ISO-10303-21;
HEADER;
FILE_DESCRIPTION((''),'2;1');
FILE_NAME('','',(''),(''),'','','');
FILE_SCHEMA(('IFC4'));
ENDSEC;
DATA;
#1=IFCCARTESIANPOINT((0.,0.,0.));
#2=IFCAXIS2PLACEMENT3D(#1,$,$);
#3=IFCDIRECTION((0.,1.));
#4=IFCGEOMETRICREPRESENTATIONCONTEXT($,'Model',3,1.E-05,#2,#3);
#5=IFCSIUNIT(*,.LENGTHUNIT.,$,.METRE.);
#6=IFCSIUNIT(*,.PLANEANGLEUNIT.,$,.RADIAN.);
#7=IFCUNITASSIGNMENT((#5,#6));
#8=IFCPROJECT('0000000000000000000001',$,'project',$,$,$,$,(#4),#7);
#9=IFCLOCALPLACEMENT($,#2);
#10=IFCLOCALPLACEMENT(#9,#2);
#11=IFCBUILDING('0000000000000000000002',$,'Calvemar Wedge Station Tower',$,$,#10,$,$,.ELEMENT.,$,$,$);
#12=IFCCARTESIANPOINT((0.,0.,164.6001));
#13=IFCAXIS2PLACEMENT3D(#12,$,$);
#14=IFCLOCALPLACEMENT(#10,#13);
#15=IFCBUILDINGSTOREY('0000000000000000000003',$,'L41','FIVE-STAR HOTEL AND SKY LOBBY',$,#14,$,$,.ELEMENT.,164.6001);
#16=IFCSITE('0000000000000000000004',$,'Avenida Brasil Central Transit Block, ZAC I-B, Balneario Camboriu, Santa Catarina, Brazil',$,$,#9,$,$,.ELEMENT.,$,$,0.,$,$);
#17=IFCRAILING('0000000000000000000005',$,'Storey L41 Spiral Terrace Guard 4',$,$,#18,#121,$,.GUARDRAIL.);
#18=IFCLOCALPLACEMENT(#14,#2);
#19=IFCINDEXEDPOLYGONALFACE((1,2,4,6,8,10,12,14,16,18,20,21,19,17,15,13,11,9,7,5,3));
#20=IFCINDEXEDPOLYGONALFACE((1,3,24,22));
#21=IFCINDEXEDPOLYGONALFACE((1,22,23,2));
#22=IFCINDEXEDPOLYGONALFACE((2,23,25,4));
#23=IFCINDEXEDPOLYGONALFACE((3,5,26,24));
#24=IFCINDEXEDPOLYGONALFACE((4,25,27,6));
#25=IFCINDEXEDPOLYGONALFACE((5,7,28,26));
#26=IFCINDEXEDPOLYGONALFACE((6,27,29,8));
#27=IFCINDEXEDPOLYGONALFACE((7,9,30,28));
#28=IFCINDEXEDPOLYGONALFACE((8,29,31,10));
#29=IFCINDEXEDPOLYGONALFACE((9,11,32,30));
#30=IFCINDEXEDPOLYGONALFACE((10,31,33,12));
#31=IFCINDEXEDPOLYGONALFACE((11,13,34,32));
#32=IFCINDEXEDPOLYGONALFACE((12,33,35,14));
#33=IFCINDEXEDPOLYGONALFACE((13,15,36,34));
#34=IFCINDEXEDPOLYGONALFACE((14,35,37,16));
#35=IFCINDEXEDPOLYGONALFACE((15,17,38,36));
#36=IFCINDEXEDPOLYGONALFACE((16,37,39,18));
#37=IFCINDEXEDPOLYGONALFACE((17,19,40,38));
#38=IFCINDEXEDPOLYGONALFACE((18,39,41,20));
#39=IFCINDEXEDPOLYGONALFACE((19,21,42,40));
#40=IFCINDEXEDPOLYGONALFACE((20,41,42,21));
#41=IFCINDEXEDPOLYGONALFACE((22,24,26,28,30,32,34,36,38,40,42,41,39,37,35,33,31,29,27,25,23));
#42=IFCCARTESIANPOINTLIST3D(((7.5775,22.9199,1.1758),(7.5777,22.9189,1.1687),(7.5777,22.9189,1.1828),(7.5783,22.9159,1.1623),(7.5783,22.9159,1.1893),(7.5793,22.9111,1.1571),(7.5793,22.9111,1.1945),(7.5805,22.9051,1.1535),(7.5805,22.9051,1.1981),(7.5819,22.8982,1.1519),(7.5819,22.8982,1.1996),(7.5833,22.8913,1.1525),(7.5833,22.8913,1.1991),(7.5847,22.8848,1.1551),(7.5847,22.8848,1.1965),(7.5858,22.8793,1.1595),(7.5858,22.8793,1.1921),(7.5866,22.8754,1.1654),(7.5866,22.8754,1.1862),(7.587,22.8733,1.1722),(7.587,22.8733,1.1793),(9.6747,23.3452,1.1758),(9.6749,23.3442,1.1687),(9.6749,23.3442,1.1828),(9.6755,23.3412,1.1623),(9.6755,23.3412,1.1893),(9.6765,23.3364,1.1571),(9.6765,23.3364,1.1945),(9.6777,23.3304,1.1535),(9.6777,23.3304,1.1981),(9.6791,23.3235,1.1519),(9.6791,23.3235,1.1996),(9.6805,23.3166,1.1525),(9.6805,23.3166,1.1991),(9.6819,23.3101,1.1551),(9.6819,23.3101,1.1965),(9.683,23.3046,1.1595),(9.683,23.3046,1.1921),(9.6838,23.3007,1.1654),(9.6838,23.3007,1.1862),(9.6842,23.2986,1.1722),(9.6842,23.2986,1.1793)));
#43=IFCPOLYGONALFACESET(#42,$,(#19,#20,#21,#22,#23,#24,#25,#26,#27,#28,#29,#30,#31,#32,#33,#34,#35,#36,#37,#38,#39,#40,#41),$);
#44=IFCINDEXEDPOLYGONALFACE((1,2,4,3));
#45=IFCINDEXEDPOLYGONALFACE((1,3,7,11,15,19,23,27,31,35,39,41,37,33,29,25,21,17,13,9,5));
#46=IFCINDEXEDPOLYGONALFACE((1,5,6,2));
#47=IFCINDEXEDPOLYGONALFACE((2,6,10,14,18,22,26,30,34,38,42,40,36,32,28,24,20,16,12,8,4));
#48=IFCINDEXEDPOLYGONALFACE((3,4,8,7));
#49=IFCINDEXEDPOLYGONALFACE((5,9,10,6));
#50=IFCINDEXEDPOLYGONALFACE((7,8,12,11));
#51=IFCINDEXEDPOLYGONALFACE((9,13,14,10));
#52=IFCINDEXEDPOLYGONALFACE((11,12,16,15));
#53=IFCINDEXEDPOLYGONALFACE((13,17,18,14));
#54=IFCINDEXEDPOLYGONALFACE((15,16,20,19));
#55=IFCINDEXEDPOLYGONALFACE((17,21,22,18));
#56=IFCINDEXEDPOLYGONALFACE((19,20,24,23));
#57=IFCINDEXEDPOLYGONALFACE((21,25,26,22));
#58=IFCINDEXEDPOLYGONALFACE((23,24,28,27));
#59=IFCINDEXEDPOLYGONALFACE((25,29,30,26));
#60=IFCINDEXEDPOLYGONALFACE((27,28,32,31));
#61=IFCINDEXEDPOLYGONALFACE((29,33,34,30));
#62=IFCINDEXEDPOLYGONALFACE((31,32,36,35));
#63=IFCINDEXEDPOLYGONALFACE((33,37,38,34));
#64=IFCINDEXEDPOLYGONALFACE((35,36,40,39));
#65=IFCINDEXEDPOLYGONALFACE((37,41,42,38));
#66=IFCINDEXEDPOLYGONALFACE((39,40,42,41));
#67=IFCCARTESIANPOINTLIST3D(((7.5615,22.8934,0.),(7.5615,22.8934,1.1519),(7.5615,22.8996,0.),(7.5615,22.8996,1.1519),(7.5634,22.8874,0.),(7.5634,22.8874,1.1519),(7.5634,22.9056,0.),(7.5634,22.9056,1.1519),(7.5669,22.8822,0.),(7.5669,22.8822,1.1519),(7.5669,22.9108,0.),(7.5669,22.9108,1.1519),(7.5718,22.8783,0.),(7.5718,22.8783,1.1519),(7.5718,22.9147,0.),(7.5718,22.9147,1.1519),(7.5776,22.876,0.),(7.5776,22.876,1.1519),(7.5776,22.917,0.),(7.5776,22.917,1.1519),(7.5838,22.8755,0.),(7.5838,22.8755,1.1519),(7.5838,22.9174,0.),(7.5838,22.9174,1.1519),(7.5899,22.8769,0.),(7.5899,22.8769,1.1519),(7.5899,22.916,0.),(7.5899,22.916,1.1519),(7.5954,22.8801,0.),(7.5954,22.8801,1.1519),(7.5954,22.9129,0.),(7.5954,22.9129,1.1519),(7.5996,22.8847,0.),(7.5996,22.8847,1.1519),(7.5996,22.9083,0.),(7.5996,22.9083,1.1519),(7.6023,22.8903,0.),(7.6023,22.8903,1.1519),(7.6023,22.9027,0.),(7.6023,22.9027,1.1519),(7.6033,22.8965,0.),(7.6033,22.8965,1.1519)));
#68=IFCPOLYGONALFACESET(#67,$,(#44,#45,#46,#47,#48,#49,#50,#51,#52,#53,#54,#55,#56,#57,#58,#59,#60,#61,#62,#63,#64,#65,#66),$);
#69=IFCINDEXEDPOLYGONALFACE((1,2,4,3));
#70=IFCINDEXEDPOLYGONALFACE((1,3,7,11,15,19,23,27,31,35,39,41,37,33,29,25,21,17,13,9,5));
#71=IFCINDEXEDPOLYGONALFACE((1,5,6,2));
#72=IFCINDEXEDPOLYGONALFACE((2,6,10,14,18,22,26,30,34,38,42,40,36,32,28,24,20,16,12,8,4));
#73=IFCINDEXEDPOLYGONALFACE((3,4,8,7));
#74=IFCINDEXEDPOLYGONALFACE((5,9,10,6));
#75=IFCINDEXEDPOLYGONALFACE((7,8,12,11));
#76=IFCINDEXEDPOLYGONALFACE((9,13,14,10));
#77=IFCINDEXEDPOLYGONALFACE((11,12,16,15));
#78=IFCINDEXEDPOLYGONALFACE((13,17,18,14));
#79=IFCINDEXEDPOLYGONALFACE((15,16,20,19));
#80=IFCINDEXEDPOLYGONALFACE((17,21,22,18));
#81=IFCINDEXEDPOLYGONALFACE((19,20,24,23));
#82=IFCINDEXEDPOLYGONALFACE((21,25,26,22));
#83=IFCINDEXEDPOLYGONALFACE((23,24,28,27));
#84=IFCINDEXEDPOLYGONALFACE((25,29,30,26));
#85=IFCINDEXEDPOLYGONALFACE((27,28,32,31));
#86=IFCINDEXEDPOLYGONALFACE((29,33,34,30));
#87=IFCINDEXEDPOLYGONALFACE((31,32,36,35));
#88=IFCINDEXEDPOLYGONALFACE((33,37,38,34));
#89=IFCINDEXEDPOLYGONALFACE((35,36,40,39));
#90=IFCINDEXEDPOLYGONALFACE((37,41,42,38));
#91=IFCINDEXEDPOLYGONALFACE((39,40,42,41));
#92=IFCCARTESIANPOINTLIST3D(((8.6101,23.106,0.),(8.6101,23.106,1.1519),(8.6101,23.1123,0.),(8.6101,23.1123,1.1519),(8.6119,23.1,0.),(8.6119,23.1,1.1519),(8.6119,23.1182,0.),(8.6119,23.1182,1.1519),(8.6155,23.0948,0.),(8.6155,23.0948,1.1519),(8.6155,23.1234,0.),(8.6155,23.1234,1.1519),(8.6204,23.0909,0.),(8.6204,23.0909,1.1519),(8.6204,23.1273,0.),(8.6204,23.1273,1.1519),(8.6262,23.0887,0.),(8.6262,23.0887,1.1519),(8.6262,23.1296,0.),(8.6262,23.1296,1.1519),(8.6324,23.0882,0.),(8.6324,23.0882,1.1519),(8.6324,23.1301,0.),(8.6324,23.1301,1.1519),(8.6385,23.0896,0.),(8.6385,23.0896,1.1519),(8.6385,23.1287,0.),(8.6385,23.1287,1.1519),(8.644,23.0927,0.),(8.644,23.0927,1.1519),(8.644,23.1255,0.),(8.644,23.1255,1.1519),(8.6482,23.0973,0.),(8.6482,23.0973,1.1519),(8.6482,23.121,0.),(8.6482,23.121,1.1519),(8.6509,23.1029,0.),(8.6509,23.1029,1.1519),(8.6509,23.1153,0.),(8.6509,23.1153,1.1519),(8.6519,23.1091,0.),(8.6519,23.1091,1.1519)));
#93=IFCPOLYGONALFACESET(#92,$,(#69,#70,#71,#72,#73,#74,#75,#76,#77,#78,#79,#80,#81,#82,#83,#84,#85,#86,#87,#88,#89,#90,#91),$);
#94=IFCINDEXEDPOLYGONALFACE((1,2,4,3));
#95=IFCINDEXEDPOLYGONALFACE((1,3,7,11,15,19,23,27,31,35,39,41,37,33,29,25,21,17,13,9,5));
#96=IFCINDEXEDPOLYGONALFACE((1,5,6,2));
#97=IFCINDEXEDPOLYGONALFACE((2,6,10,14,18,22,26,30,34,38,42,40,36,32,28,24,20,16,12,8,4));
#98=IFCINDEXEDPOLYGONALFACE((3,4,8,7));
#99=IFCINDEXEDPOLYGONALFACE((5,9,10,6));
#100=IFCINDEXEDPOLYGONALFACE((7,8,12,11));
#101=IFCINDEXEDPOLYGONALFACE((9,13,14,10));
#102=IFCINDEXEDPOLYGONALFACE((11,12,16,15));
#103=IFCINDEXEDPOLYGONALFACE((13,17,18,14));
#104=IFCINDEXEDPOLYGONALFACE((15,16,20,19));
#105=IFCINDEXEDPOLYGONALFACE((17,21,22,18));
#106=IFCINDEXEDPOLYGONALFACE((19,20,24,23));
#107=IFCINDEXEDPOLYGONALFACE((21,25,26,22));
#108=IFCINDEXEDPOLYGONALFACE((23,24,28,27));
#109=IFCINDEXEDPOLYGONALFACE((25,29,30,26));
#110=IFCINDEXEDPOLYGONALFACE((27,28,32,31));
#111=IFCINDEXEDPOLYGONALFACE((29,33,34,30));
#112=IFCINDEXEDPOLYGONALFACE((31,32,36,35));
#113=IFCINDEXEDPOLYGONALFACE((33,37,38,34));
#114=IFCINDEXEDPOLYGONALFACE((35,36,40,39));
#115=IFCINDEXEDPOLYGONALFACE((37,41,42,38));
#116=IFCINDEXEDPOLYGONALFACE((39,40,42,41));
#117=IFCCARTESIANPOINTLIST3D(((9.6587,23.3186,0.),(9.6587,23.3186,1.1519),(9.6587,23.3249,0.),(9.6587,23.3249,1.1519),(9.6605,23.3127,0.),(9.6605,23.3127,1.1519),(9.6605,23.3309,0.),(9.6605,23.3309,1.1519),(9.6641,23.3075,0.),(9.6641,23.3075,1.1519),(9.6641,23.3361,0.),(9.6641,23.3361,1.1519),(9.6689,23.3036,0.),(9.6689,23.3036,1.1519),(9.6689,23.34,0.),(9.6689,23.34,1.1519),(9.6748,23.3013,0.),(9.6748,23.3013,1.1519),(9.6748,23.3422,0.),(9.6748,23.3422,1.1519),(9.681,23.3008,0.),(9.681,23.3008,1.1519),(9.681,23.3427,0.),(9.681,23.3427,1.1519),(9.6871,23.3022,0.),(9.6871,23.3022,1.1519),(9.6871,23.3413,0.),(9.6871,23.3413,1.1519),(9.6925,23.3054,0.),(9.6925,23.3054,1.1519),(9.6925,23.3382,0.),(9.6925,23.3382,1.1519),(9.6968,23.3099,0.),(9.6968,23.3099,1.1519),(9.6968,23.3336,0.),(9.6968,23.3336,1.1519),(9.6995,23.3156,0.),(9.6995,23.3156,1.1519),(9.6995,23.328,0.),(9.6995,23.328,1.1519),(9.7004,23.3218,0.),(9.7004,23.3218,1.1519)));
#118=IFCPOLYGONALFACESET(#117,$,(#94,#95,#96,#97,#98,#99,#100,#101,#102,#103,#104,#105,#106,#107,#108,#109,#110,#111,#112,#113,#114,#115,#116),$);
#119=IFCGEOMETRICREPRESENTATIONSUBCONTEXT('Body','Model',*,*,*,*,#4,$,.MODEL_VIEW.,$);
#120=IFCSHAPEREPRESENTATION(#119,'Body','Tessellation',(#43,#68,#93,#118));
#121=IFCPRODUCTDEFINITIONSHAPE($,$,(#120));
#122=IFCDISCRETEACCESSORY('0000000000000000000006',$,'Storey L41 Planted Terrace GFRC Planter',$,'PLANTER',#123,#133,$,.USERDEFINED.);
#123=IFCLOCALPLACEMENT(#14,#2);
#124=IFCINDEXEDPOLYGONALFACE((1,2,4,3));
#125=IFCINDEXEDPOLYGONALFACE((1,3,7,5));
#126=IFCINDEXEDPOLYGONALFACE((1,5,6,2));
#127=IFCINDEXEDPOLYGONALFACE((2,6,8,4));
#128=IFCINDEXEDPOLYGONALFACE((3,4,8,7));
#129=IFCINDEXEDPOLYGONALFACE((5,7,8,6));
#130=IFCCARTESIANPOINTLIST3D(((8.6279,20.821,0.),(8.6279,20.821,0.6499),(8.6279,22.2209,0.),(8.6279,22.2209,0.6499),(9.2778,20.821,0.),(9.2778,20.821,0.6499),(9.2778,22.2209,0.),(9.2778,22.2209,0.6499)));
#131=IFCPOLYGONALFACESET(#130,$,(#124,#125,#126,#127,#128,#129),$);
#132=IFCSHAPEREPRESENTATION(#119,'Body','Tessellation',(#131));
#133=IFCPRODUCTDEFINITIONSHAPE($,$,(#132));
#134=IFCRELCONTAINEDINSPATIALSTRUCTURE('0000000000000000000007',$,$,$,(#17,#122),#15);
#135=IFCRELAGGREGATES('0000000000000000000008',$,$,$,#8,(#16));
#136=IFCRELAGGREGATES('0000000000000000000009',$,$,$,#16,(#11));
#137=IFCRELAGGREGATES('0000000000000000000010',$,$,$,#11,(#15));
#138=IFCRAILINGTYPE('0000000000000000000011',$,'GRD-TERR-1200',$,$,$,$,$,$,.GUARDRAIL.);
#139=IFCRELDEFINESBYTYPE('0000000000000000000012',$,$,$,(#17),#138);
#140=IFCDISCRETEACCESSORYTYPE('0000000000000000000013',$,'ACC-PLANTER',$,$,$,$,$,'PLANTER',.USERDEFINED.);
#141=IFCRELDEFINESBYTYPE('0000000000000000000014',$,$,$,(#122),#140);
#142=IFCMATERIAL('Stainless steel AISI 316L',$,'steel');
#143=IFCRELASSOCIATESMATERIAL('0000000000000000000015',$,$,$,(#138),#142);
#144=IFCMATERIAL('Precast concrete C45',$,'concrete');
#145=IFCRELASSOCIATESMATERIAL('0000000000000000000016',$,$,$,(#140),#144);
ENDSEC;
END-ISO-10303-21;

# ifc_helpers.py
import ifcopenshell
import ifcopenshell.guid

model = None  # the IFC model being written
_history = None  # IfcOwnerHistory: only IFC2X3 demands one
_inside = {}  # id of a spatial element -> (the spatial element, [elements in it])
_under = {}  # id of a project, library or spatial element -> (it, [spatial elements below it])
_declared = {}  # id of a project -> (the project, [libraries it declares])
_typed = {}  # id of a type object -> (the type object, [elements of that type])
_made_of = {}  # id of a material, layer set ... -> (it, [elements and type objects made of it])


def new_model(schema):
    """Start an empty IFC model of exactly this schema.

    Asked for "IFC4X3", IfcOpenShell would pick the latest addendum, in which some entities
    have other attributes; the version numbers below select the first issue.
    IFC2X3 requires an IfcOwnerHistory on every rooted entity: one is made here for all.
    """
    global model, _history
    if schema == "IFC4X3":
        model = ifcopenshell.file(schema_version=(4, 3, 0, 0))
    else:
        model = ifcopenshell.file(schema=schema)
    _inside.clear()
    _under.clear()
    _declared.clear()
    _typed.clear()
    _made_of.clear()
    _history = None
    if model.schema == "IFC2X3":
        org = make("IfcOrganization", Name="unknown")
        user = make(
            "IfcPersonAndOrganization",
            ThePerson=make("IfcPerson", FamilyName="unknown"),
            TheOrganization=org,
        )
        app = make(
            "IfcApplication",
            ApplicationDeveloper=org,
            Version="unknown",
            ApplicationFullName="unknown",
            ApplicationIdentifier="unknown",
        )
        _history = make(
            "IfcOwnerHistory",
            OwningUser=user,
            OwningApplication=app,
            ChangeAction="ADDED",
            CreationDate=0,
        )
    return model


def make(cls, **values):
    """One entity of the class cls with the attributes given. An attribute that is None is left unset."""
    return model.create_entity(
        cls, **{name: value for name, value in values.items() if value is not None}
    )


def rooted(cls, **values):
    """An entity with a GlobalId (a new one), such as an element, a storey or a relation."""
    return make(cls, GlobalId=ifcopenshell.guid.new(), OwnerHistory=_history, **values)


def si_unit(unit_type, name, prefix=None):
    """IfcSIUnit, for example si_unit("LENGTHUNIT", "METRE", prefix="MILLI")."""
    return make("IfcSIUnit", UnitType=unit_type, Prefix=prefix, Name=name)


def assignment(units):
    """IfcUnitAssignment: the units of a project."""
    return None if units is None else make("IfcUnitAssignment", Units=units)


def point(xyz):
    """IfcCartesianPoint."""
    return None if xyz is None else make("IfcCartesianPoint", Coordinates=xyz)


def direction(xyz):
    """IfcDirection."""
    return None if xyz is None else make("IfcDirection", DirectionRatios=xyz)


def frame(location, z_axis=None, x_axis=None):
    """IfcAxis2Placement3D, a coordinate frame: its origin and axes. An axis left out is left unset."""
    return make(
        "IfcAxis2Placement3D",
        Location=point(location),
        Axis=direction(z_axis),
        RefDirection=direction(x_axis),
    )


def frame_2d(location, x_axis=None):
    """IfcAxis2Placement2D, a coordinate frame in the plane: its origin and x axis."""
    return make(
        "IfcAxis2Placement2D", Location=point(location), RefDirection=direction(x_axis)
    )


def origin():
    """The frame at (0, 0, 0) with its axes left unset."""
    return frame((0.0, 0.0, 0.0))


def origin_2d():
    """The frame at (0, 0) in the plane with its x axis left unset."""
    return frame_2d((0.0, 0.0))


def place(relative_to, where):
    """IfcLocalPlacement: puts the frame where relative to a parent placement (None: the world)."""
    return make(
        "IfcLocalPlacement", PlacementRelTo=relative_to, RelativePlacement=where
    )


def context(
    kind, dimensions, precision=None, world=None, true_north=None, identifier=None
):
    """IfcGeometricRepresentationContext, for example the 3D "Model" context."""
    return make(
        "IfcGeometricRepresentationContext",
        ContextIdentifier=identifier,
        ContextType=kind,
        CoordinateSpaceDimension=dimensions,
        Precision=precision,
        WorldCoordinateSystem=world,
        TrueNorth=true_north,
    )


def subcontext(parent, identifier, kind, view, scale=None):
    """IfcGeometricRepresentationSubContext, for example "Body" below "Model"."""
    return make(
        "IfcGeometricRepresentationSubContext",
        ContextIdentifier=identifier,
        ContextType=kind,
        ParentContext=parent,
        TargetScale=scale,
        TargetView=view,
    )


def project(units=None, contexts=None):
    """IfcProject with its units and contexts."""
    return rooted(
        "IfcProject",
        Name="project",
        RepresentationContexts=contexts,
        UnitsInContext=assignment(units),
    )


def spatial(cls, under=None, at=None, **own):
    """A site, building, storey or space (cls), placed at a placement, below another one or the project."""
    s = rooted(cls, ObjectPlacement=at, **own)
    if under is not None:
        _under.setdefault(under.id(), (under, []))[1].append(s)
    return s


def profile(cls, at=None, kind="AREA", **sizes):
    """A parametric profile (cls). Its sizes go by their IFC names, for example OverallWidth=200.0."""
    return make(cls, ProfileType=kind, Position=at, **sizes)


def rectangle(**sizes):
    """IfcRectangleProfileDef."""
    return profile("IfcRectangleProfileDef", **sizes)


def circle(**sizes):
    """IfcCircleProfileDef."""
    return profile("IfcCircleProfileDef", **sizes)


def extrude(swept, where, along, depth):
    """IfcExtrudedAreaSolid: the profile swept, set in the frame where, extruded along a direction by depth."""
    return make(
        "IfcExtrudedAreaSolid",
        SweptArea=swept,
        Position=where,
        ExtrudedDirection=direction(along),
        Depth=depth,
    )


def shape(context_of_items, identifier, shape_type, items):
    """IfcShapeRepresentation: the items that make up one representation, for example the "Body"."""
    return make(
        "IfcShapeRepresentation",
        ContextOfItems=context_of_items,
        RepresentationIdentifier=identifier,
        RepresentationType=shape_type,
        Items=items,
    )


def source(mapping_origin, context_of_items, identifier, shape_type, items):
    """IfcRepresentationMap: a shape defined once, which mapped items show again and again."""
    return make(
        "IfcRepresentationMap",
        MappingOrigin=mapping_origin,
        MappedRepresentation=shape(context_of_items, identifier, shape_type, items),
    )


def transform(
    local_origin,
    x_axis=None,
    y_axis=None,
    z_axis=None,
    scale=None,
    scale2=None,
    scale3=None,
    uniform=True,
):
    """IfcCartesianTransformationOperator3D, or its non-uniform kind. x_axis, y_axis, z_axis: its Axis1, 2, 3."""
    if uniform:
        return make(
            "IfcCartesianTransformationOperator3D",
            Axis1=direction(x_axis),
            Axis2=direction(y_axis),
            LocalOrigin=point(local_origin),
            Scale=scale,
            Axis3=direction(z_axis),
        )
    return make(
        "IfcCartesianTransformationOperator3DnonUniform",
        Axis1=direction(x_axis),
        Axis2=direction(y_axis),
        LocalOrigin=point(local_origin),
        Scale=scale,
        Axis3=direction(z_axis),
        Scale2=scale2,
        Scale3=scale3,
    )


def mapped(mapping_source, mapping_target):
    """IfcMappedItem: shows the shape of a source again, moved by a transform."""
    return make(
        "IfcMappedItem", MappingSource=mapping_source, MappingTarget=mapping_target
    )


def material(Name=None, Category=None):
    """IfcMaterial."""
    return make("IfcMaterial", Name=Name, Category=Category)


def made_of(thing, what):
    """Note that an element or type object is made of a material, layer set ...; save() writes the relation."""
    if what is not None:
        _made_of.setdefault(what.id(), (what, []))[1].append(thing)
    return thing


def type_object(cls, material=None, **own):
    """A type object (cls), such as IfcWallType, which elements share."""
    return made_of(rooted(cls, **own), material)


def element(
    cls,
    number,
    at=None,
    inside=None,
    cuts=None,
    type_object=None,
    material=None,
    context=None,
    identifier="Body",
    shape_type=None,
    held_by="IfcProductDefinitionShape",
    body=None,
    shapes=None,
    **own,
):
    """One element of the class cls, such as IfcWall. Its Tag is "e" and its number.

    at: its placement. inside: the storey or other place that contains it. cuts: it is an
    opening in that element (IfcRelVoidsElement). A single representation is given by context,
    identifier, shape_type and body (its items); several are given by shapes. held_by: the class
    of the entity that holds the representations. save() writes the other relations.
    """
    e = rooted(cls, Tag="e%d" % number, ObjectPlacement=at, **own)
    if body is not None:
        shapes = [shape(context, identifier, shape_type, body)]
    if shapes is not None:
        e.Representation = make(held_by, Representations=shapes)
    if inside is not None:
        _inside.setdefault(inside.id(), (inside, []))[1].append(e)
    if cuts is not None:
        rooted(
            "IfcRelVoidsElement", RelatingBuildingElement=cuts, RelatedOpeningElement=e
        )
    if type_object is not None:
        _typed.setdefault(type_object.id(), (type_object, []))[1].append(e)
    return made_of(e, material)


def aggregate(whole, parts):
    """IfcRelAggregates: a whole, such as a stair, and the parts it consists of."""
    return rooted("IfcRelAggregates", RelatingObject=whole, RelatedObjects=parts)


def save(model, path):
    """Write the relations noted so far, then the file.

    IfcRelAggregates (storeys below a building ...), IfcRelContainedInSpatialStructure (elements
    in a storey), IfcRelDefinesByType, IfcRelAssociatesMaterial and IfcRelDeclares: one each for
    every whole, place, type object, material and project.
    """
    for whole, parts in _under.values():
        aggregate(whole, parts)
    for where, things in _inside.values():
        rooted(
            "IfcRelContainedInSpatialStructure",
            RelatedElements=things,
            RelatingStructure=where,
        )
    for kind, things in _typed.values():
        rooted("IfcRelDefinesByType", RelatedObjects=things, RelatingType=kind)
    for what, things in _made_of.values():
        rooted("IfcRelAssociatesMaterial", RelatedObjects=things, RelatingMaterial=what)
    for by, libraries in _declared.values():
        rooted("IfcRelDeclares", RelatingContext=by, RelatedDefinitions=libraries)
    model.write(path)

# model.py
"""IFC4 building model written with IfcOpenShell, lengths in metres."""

from ifc_helpers import new_model, si_unit, direction, frame, origin, origin_2d, place, context, subcontext, project, spatial, rectangle, circle, extrude, source, transform, mapped, material, type_object, element, save


model = new_model("IFC4")

# Units and contexts
model_context = context("Model", 3, precision=1e-05, world=origin(), true_north=direction((0.0, 1.0)))
body_context = subcontext(model_context, "Body", "Model", "MODEL_VIEW")
ifc_project = project(units=[si_unit("LENGTHUNIT", "METRE"), si_unit("PLANEANGLEUNIT", "RADIAN")], contexts=[model_context])

# Site, building, storey
site_placement = place(None, origin())
site = spatial("IfcSite", under=ifc_project, at=site_placement, Name="Avenida Brasil Central Transit Block, ZAC I-B, Balneario Camboriu, Santa Catarina, Brazil", CompositionType="ELEMENT", RefElevation=0.0)
building_placement = place(site_placement, origin())
building = spatial("IfcBuilding", under=site, at=building_placement, Name="Calvemar Wedge Station Tower", CompositionType="ELEMENT")
storey_placement = place(building_placement, frame((0.0, 0.0, 164.6001)))
storey = spatial("IfcBuildingStorey", under=building, at=storey_placement, Name="L41", Description="FIVE-STAR HOTEL AND SKY LOBBY", CompositionType="ELEMENT", Elevation=164.6001)

# Shared definitions
ifc_material_1 = material(Name="Precast concrete C45", Category="concrete")

# Railing
ifc_material_2 = material(Name="Stainless steel AISI 316L", Category="steel")
railing_type = type_object("IfcRailingType", Name="GRD-TERR-1200", PredefinedType="GUARDRAIL", material=ifc_material_2)
railing_1_placement = place(storey_placement, frame((7.5823, 22.8965, 0.0)))
element("IfcRailing", 1, at=railing_1_placement, inside=storey, type_object=railing_type, Name="Storey L41 Spiral Terrace Guard 4", PredefinedType="GUARDRAIL", context=body_context, shape_type="SweptSolid", body=[
    extrude(circle(Radius=0.0239, at=origin_2d()), frame((0.0, 0.0, 1.1758), z_axis=(0.980051, 0.198748, 0.0), x_axis=(-0.198748, 0.980051, 0.0)), (0.0, 0.0, 1.0), 2.1399),
    extrude(circle(Radius=0.021, at=origin_2d()), origin(), (0.0, 0.0, 1.0), 1.1519),
    extrude(circle(Radius=0.021, at=origin_2d()), frame((1.0486, 0.2126, 0.0)), (0.0, 0.0, 1.0), 1.1519),
    extrude(circle(Radius=0.021, at=origin_2d()), frame((2.0972, 0.4253, 0.0)), (0.0, 0.0, 1.0), 1.1519),
])

# Discrete accessory
discrete_accessory_type = type_object("IfcDiscreteAccessoryType", Name="ACC-PLANTER", ElementType="PLANTER", PredefinedType="USERDEFINED", material=ifc_material_1)
shared_shape_1 = source(origin(), body_context, "Body", "SweptSolid", [
    extrude(rectangle(XDim=0.6499, YDim=1.3999, at=origin_2d()), origin(), (0.0, 0.0, 1.0), 0.6499),
])
discrete_accessory_placement = place(storey_placement, frame((8.9529, 21.521, 0.0), z_axis=(0.0, 0.0, 1.0), x_axis=(1.0, 0.0, 0.0)))
element("IfcDiscreteAccessory", 2, at=discrete_accessory_placement, inside=storey, type_object=discrete_accessory_type, Name="Storey L41 Planted Terrace GFRC Planter", ObjectType="PLANTER", PredefinedType="USERDEFINED", context=body_context, shape_type="MappedRepresentation", body=[
    mapped(shared_shape_1, transform((0.0, 0.0, 0.0), scale=1.0)),
])

save(model, "model.ifc")
